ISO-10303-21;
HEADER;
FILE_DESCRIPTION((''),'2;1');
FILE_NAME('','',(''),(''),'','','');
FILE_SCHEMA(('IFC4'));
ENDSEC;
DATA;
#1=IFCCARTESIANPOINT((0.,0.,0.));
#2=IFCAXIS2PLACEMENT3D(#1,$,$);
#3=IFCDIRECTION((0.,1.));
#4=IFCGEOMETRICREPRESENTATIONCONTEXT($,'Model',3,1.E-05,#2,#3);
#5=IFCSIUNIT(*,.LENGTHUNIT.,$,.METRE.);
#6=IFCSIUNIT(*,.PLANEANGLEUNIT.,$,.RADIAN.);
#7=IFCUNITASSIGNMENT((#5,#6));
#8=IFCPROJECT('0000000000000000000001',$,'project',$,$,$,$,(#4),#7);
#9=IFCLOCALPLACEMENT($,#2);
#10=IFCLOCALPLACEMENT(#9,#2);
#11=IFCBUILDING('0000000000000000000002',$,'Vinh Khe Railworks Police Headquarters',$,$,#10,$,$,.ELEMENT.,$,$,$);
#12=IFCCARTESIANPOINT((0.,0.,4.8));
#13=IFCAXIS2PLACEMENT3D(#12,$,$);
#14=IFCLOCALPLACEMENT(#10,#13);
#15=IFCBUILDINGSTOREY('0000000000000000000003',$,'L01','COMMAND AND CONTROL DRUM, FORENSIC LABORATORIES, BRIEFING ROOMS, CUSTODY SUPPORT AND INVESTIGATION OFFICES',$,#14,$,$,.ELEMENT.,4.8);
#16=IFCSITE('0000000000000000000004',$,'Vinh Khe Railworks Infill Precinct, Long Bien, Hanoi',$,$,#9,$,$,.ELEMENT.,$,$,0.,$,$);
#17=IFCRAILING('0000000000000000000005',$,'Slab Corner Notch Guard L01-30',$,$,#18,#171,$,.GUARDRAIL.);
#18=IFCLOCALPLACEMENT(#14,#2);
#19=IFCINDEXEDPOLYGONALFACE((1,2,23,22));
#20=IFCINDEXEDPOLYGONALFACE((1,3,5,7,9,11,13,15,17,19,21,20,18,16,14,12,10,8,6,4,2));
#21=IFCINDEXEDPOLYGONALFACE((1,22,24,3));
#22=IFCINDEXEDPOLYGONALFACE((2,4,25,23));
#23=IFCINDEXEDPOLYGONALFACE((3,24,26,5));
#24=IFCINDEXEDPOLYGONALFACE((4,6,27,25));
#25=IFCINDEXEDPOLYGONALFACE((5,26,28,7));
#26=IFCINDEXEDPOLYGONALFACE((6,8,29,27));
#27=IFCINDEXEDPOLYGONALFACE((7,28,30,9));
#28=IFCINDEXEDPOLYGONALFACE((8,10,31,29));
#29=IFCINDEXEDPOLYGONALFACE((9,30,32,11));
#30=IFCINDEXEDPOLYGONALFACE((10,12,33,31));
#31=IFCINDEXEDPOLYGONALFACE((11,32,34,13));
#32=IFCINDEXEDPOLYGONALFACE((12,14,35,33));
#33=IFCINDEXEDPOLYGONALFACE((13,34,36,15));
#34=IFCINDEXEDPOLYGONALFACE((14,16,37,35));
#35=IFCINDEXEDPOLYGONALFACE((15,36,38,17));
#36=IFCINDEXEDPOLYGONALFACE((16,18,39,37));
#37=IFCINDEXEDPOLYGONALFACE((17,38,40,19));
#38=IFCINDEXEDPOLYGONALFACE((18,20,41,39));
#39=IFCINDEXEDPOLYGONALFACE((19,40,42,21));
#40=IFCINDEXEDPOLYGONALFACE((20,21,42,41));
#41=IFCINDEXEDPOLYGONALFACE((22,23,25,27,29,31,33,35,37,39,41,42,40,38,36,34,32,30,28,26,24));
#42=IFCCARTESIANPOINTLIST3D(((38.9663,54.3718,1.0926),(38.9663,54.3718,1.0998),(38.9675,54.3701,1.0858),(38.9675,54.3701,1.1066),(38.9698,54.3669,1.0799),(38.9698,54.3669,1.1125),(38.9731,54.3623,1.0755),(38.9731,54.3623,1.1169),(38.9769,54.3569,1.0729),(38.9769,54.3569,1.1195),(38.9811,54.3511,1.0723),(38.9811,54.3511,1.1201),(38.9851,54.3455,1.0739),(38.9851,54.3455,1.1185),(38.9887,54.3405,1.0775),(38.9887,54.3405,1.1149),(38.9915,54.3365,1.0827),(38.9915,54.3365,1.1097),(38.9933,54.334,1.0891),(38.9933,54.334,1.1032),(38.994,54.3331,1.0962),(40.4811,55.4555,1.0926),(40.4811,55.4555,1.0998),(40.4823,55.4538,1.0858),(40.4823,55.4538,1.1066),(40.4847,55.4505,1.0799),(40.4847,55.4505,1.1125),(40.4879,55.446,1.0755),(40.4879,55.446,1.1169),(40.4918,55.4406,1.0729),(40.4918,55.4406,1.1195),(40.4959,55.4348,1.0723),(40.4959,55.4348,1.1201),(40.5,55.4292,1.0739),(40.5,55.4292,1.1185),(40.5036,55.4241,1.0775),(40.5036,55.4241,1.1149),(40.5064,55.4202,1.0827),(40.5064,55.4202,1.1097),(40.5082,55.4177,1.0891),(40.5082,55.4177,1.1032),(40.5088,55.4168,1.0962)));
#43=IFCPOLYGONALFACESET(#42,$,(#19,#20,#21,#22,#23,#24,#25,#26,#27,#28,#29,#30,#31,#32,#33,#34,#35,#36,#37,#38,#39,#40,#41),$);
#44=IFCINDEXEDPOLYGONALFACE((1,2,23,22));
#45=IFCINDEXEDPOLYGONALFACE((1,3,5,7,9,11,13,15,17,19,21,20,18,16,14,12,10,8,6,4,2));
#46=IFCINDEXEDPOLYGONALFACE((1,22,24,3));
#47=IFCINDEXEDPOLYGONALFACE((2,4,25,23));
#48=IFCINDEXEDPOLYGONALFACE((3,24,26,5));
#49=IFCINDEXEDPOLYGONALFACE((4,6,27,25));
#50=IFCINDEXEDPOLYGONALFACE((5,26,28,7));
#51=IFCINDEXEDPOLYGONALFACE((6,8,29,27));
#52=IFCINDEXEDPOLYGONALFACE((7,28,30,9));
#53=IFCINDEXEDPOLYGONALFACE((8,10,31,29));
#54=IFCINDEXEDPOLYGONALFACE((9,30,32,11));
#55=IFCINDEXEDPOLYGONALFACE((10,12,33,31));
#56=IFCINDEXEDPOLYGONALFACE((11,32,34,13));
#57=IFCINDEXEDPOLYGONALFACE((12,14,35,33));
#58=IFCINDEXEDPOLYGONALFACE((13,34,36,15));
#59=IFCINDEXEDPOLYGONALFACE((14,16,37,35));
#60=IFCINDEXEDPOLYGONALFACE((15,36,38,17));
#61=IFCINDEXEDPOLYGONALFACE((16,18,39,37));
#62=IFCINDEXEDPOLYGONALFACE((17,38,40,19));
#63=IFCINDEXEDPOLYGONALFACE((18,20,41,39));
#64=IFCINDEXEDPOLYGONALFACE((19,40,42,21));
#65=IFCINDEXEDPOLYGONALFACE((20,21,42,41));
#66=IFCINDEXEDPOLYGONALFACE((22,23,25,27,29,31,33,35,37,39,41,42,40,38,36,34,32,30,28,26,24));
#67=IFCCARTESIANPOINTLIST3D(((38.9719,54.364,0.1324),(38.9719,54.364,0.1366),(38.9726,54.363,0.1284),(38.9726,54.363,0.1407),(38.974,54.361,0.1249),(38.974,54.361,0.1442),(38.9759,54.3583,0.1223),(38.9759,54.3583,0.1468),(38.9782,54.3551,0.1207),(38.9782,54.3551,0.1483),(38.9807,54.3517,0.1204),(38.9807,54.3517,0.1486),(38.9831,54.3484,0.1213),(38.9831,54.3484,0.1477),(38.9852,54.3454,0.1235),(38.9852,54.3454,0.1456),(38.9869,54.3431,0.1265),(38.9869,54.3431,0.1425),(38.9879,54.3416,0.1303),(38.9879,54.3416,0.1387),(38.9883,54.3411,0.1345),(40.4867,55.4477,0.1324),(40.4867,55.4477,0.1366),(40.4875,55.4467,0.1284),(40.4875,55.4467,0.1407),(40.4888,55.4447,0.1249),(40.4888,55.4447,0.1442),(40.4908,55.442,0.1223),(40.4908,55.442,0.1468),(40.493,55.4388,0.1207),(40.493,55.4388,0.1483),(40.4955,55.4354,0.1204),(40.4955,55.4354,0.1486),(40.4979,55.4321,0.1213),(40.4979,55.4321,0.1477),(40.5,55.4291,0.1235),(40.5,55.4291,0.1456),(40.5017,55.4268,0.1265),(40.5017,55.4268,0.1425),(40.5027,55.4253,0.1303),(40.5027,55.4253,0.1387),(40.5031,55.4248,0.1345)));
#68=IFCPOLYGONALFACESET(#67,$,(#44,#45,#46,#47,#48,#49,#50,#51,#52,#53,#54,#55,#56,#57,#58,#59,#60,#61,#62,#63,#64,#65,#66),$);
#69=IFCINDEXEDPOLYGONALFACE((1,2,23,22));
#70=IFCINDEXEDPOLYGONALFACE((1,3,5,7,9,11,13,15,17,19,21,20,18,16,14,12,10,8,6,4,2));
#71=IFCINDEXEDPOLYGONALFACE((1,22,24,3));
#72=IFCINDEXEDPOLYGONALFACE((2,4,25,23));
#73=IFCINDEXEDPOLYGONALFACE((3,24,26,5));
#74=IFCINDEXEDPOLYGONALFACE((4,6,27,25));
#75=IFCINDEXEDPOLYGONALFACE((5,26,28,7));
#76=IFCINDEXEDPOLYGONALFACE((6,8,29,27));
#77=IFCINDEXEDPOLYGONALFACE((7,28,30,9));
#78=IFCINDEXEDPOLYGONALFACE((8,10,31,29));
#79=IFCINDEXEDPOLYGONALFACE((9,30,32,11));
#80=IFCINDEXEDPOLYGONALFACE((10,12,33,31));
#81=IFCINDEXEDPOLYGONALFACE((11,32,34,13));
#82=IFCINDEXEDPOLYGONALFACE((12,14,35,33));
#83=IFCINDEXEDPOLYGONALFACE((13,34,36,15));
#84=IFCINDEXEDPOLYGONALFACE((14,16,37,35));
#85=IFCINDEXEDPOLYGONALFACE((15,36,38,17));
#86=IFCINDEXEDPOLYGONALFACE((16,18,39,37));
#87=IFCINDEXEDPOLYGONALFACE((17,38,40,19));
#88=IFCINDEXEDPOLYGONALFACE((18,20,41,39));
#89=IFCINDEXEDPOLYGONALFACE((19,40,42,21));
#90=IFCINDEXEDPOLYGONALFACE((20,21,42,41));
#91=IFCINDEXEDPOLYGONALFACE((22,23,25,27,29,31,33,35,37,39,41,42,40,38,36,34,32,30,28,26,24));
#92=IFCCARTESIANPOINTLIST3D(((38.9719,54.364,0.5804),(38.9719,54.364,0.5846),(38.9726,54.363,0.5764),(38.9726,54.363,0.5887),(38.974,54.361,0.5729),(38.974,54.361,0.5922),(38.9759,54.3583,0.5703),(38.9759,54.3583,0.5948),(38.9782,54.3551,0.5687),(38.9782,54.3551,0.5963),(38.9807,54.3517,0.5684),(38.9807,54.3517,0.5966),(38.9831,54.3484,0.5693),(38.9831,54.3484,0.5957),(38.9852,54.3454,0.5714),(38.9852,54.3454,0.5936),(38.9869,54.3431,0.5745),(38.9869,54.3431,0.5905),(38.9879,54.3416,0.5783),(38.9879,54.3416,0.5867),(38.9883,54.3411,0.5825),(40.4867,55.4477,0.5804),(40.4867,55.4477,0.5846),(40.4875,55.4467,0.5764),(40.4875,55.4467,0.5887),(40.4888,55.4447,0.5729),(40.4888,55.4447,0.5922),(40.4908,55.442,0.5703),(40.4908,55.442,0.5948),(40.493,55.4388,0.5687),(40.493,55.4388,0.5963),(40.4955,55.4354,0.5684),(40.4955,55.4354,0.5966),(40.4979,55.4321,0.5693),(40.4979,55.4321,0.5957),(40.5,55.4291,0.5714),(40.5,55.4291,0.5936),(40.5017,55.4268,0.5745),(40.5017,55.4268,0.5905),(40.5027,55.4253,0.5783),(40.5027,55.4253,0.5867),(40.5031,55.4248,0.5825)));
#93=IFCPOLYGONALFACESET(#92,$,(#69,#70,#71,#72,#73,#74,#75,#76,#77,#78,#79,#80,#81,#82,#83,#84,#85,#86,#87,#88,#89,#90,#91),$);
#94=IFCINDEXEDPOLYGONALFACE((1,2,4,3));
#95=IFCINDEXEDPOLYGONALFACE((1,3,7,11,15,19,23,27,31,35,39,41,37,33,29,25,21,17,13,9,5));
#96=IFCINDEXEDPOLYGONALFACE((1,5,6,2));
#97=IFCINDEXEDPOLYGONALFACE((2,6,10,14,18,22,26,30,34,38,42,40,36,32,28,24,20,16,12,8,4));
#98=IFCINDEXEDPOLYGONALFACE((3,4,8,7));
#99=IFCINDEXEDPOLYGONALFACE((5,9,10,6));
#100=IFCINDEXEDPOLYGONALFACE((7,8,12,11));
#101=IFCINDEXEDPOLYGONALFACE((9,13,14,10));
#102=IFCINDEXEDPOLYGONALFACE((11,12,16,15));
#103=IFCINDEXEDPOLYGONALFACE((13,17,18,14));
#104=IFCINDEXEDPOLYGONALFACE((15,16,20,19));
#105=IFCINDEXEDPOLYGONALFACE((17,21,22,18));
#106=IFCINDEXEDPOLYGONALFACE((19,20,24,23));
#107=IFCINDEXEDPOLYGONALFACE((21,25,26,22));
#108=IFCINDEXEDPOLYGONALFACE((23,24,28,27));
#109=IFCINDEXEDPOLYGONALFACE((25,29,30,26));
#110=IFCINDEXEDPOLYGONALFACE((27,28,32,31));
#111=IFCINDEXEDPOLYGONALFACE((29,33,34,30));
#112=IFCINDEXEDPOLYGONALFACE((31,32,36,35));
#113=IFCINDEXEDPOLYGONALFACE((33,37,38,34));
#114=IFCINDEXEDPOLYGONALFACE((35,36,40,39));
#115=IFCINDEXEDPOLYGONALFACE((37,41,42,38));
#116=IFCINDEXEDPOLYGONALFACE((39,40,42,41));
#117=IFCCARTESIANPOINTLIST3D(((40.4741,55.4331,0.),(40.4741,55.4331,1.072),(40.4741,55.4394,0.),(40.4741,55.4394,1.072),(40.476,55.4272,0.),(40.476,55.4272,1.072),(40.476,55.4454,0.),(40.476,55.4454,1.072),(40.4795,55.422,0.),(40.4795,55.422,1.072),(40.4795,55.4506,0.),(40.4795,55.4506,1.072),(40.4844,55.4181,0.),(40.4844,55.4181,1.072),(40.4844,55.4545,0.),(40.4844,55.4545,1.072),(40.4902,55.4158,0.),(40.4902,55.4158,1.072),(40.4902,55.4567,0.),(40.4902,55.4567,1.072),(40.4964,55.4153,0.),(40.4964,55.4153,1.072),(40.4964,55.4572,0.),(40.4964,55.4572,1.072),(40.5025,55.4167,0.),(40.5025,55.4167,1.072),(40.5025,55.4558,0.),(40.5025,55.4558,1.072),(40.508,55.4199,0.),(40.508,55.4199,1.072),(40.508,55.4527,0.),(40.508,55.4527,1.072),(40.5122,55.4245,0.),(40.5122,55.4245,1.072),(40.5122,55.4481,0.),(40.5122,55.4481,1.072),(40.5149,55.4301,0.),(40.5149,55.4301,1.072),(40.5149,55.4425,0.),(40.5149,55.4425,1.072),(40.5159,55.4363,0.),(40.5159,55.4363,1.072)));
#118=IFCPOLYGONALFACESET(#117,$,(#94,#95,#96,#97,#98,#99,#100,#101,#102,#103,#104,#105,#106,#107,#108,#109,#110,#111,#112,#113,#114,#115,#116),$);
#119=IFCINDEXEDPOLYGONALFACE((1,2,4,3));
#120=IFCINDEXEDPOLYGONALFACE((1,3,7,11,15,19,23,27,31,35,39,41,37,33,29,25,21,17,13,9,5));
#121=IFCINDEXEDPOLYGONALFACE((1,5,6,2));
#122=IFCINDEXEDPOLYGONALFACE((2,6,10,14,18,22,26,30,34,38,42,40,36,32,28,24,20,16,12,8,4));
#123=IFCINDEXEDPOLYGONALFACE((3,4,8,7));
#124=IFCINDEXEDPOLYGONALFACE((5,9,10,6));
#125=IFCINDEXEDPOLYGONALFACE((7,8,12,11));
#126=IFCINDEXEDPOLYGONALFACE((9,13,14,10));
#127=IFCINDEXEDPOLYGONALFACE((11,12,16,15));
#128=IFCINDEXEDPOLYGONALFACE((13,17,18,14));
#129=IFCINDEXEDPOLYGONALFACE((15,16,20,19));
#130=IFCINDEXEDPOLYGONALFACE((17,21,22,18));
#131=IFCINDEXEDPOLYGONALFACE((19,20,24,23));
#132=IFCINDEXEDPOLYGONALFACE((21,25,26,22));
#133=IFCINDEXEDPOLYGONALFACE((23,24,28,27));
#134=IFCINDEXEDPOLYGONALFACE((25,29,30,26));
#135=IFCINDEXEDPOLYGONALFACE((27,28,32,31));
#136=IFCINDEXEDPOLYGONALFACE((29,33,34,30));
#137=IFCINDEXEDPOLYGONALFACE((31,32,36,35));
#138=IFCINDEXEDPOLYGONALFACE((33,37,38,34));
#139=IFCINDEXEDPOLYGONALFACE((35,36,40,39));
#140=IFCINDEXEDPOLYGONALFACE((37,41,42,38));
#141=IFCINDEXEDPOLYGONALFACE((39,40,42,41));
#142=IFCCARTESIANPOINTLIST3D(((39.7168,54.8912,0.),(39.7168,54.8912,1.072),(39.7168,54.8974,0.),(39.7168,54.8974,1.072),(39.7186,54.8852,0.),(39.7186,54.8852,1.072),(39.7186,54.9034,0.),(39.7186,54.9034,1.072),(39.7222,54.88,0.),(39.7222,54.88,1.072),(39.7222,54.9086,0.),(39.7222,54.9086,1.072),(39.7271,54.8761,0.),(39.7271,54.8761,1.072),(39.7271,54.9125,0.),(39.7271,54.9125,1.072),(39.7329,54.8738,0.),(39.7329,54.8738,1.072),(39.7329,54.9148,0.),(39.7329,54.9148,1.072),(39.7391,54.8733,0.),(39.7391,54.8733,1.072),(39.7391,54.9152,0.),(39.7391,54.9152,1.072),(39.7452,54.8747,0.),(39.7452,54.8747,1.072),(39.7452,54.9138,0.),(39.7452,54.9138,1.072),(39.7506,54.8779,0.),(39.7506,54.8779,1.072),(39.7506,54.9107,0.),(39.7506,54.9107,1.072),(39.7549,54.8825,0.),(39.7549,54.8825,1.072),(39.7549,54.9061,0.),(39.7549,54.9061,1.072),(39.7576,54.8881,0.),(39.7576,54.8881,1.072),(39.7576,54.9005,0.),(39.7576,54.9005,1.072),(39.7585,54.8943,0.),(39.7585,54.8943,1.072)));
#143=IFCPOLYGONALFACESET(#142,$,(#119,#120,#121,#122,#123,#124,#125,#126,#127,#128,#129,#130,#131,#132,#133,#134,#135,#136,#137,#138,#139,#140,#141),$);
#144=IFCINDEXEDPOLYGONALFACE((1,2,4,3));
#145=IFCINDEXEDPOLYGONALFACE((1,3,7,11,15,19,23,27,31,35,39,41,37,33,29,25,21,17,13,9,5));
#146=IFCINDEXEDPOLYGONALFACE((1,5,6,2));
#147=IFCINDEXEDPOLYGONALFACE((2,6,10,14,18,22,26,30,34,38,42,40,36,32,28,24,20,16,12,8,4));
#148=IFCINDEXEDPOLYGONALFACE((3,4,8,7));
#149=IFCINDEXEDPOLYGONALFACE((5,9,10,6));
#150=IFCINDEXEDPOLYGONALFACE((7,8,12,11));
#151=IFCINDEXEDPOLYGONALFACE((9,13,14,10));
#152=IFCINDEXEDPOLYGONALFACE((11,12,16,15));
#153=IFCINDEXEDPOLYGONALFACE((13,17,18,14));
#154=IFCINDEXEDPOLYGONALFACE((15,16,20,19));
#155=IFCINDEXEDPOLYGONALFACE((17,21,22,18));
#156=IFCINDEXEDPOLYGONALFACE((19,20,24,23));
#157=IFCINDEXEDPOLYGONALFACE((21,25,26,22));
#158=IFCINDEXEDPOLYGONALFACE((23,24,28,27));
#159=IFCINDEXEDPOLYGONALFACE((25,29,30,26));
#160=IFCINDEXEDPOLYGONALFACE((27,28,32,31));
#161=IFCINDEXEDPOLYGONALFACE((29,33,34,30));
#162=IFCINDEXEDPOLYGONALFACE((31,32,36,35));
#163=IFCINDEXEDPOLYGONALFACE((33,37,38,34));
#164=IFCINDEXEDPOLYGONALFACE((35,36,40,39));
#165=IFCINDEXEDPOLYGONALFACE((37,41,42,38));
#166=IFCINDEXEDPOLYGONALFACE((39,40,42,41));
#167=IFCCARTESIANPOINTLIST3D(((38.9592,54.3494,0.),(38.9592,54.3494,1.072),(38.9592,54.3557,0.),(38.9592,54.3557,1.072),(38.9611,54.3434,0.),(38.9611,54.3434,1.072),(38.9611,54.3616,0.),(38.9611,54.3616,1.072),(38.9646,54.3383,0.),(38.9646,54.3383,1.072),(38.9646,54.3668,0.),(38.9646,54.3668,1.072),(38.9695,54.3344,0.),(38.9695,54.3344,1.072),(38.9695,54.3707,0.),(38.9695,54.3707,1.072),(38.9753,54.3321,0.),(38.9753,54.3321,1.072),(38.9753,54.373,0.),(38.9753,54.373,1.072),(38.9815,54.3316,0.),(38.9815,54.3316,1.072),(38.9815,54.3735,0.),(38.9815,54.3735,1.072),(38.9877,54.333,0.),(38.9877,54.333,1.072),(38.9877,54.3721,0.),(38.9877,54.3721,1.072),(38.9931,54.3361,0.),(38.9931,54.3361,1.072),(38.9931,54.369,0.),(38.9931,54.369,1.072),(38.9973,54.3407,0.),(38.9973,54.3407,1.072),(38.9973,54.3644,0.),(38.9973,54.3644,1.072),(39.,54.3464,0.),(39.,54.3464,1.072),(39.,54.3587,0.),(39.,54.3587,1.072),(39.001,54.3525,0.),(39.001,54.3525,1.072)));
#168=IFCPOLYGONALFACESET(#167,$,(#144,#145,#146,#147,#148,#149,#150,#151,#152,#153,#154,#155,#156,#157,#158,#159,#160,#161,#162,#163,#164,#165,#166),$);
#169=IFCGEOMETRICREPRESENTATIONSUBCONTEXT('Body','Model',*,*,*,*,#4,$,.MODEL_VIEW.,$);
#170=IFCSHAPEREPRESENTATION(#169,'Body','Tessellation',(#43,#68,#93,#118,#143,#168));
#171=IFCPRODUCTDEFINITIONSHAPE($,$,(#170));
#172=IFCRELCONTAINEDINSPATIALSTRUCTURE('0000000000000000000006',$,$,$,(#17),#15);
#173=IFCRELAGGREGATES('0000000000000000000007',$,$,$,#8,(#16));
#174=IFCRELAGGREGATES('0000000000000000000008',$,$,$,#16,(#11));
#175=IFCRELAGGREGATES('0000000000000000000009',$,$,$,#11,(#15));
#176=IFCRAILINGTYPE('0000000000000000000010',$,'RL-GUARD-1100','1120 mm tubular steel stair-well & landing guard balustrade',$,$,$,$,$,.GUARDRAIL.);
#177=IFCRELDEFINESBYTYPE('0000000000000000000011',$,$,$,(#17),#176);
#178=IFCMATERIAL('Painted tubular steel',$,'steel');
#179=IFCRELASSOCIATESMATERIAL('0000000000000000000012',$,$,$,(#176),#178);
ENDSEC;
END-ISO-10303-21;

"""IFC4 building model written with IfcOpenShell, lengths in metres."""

from ifc_helpers import new_model, si_unit, direction, frame, origin, origin_2d, place, context, subcontext, project, spatial, circle, extrude, material, type_object, element, save


model = new_model("IFC4")

# Units and contexts
model_context = context("Model", 3, precision=1e-05, world=origin(), true_north=direction((0.0, 1.0)))
body_context = subcontext(model_context, "Body", "Model", "MODEL_VIEW")
ifc_project = project(units=[si_unit("LENGTHUNIT", "METRE"), si_unit("PLANEANGLEUNIT", "RADIAN")], contexts=[model_context])

# Site, building, storey
site_placement = place(None, origin())
site = spatial("IfcSite", under=ifc_project, at=site_placement, Name="Vinh Khe Railworks Infill Precinct, Long Bien, Hanoi", CompositionType="ELEMENT", RefElevation=0.0)
building_placement = place(site_placement, origin())
building = spatial("IfcBuilding", under=site, at=building_placement, Name="Vinh Khe Railworks Police Headquarters", CompositionType="ELEMENT")
storey_placement = place(building_placement, frame((0.0, 0.0, 4.8)))
storey = spatial("IfcBuildingStorey", under=building, at=storey_placement, Name="L01", Description="COMMAND AND CONTROL DRUM, FORENSIC LABORATORIES, BRIEFING ROOMS, CUSTODY SUPPORT AND INVESTIGATION OFFICES", CompositionType="ELEMENT", Elevation=4.8)

# Railing
ifc_material_1 = material(Name="Painted tubular steel", Category="steel")
railing_type = type_object("IfcRailingType", Name="RL-GUARD-1100", Description="1120 mm tubular steel stair-well & landing guard balustrade", PredefinedType="GUARDRAIL", material=ifc_material_1)
railing_1_placement = place(storey_placement, frame((40.4949, 55.4363, 0.0)))
element("IfcRailing", 1, at=railing_1_placement, inside=storey, type_object=railing_type, Name="Slab Corner Notch Guard L01-30", PredefinedType="GUARDRAIL", context=body_context, shape_type="SweptSolid", body=[
    extrude(circle(Radius=0.0239, at=origin_2d()), frame((0.0, 0.0, 1.0962), z_axis=(-0.813308, -0.581833, 0.0), x_axis=(0.581833, -0.813308, 0.0)), (0.0, 0.0, 1.0), 1.8625),
    extrude(circle(Radius=0.0142, at=origin_2d()), frame((0.0, 0.0, 0.1345), z_axis=(-0.813308, -0.581833, 0.0), x_axis=(0.581833, -0.813308, 0.0)), (0.0, 0.0, 1.0), 1.8625),
    extrude(circle(Radius=0.0142, at=origin_2d()), frame((0.0, 0.0, 0.5825), z_axis=(-0.813308, -0.581833, 0.0), x_axis=(0.581833, -0.813308, 0.0)), (0.0, 0.0, 1.0), 1.8625),
    extrude(circle(Radius=0.021, at=origin_2d()), origin(), (0.0, 0.0, 1.0), 1.072),
    extrude(circle(Radius=0.021, at=origin_2d()), frame((-0.7573, -0.542, 0.0)), (0.0, 0.0, 1.0), 1.072),
    extrude(circle(Radius=0.021, at=origin_2d()), frame((-1.5149, -1.0837, 0.0)), (0.0, 0.0, 1.0), 1.072),
])

save(model, "model.ifc")
